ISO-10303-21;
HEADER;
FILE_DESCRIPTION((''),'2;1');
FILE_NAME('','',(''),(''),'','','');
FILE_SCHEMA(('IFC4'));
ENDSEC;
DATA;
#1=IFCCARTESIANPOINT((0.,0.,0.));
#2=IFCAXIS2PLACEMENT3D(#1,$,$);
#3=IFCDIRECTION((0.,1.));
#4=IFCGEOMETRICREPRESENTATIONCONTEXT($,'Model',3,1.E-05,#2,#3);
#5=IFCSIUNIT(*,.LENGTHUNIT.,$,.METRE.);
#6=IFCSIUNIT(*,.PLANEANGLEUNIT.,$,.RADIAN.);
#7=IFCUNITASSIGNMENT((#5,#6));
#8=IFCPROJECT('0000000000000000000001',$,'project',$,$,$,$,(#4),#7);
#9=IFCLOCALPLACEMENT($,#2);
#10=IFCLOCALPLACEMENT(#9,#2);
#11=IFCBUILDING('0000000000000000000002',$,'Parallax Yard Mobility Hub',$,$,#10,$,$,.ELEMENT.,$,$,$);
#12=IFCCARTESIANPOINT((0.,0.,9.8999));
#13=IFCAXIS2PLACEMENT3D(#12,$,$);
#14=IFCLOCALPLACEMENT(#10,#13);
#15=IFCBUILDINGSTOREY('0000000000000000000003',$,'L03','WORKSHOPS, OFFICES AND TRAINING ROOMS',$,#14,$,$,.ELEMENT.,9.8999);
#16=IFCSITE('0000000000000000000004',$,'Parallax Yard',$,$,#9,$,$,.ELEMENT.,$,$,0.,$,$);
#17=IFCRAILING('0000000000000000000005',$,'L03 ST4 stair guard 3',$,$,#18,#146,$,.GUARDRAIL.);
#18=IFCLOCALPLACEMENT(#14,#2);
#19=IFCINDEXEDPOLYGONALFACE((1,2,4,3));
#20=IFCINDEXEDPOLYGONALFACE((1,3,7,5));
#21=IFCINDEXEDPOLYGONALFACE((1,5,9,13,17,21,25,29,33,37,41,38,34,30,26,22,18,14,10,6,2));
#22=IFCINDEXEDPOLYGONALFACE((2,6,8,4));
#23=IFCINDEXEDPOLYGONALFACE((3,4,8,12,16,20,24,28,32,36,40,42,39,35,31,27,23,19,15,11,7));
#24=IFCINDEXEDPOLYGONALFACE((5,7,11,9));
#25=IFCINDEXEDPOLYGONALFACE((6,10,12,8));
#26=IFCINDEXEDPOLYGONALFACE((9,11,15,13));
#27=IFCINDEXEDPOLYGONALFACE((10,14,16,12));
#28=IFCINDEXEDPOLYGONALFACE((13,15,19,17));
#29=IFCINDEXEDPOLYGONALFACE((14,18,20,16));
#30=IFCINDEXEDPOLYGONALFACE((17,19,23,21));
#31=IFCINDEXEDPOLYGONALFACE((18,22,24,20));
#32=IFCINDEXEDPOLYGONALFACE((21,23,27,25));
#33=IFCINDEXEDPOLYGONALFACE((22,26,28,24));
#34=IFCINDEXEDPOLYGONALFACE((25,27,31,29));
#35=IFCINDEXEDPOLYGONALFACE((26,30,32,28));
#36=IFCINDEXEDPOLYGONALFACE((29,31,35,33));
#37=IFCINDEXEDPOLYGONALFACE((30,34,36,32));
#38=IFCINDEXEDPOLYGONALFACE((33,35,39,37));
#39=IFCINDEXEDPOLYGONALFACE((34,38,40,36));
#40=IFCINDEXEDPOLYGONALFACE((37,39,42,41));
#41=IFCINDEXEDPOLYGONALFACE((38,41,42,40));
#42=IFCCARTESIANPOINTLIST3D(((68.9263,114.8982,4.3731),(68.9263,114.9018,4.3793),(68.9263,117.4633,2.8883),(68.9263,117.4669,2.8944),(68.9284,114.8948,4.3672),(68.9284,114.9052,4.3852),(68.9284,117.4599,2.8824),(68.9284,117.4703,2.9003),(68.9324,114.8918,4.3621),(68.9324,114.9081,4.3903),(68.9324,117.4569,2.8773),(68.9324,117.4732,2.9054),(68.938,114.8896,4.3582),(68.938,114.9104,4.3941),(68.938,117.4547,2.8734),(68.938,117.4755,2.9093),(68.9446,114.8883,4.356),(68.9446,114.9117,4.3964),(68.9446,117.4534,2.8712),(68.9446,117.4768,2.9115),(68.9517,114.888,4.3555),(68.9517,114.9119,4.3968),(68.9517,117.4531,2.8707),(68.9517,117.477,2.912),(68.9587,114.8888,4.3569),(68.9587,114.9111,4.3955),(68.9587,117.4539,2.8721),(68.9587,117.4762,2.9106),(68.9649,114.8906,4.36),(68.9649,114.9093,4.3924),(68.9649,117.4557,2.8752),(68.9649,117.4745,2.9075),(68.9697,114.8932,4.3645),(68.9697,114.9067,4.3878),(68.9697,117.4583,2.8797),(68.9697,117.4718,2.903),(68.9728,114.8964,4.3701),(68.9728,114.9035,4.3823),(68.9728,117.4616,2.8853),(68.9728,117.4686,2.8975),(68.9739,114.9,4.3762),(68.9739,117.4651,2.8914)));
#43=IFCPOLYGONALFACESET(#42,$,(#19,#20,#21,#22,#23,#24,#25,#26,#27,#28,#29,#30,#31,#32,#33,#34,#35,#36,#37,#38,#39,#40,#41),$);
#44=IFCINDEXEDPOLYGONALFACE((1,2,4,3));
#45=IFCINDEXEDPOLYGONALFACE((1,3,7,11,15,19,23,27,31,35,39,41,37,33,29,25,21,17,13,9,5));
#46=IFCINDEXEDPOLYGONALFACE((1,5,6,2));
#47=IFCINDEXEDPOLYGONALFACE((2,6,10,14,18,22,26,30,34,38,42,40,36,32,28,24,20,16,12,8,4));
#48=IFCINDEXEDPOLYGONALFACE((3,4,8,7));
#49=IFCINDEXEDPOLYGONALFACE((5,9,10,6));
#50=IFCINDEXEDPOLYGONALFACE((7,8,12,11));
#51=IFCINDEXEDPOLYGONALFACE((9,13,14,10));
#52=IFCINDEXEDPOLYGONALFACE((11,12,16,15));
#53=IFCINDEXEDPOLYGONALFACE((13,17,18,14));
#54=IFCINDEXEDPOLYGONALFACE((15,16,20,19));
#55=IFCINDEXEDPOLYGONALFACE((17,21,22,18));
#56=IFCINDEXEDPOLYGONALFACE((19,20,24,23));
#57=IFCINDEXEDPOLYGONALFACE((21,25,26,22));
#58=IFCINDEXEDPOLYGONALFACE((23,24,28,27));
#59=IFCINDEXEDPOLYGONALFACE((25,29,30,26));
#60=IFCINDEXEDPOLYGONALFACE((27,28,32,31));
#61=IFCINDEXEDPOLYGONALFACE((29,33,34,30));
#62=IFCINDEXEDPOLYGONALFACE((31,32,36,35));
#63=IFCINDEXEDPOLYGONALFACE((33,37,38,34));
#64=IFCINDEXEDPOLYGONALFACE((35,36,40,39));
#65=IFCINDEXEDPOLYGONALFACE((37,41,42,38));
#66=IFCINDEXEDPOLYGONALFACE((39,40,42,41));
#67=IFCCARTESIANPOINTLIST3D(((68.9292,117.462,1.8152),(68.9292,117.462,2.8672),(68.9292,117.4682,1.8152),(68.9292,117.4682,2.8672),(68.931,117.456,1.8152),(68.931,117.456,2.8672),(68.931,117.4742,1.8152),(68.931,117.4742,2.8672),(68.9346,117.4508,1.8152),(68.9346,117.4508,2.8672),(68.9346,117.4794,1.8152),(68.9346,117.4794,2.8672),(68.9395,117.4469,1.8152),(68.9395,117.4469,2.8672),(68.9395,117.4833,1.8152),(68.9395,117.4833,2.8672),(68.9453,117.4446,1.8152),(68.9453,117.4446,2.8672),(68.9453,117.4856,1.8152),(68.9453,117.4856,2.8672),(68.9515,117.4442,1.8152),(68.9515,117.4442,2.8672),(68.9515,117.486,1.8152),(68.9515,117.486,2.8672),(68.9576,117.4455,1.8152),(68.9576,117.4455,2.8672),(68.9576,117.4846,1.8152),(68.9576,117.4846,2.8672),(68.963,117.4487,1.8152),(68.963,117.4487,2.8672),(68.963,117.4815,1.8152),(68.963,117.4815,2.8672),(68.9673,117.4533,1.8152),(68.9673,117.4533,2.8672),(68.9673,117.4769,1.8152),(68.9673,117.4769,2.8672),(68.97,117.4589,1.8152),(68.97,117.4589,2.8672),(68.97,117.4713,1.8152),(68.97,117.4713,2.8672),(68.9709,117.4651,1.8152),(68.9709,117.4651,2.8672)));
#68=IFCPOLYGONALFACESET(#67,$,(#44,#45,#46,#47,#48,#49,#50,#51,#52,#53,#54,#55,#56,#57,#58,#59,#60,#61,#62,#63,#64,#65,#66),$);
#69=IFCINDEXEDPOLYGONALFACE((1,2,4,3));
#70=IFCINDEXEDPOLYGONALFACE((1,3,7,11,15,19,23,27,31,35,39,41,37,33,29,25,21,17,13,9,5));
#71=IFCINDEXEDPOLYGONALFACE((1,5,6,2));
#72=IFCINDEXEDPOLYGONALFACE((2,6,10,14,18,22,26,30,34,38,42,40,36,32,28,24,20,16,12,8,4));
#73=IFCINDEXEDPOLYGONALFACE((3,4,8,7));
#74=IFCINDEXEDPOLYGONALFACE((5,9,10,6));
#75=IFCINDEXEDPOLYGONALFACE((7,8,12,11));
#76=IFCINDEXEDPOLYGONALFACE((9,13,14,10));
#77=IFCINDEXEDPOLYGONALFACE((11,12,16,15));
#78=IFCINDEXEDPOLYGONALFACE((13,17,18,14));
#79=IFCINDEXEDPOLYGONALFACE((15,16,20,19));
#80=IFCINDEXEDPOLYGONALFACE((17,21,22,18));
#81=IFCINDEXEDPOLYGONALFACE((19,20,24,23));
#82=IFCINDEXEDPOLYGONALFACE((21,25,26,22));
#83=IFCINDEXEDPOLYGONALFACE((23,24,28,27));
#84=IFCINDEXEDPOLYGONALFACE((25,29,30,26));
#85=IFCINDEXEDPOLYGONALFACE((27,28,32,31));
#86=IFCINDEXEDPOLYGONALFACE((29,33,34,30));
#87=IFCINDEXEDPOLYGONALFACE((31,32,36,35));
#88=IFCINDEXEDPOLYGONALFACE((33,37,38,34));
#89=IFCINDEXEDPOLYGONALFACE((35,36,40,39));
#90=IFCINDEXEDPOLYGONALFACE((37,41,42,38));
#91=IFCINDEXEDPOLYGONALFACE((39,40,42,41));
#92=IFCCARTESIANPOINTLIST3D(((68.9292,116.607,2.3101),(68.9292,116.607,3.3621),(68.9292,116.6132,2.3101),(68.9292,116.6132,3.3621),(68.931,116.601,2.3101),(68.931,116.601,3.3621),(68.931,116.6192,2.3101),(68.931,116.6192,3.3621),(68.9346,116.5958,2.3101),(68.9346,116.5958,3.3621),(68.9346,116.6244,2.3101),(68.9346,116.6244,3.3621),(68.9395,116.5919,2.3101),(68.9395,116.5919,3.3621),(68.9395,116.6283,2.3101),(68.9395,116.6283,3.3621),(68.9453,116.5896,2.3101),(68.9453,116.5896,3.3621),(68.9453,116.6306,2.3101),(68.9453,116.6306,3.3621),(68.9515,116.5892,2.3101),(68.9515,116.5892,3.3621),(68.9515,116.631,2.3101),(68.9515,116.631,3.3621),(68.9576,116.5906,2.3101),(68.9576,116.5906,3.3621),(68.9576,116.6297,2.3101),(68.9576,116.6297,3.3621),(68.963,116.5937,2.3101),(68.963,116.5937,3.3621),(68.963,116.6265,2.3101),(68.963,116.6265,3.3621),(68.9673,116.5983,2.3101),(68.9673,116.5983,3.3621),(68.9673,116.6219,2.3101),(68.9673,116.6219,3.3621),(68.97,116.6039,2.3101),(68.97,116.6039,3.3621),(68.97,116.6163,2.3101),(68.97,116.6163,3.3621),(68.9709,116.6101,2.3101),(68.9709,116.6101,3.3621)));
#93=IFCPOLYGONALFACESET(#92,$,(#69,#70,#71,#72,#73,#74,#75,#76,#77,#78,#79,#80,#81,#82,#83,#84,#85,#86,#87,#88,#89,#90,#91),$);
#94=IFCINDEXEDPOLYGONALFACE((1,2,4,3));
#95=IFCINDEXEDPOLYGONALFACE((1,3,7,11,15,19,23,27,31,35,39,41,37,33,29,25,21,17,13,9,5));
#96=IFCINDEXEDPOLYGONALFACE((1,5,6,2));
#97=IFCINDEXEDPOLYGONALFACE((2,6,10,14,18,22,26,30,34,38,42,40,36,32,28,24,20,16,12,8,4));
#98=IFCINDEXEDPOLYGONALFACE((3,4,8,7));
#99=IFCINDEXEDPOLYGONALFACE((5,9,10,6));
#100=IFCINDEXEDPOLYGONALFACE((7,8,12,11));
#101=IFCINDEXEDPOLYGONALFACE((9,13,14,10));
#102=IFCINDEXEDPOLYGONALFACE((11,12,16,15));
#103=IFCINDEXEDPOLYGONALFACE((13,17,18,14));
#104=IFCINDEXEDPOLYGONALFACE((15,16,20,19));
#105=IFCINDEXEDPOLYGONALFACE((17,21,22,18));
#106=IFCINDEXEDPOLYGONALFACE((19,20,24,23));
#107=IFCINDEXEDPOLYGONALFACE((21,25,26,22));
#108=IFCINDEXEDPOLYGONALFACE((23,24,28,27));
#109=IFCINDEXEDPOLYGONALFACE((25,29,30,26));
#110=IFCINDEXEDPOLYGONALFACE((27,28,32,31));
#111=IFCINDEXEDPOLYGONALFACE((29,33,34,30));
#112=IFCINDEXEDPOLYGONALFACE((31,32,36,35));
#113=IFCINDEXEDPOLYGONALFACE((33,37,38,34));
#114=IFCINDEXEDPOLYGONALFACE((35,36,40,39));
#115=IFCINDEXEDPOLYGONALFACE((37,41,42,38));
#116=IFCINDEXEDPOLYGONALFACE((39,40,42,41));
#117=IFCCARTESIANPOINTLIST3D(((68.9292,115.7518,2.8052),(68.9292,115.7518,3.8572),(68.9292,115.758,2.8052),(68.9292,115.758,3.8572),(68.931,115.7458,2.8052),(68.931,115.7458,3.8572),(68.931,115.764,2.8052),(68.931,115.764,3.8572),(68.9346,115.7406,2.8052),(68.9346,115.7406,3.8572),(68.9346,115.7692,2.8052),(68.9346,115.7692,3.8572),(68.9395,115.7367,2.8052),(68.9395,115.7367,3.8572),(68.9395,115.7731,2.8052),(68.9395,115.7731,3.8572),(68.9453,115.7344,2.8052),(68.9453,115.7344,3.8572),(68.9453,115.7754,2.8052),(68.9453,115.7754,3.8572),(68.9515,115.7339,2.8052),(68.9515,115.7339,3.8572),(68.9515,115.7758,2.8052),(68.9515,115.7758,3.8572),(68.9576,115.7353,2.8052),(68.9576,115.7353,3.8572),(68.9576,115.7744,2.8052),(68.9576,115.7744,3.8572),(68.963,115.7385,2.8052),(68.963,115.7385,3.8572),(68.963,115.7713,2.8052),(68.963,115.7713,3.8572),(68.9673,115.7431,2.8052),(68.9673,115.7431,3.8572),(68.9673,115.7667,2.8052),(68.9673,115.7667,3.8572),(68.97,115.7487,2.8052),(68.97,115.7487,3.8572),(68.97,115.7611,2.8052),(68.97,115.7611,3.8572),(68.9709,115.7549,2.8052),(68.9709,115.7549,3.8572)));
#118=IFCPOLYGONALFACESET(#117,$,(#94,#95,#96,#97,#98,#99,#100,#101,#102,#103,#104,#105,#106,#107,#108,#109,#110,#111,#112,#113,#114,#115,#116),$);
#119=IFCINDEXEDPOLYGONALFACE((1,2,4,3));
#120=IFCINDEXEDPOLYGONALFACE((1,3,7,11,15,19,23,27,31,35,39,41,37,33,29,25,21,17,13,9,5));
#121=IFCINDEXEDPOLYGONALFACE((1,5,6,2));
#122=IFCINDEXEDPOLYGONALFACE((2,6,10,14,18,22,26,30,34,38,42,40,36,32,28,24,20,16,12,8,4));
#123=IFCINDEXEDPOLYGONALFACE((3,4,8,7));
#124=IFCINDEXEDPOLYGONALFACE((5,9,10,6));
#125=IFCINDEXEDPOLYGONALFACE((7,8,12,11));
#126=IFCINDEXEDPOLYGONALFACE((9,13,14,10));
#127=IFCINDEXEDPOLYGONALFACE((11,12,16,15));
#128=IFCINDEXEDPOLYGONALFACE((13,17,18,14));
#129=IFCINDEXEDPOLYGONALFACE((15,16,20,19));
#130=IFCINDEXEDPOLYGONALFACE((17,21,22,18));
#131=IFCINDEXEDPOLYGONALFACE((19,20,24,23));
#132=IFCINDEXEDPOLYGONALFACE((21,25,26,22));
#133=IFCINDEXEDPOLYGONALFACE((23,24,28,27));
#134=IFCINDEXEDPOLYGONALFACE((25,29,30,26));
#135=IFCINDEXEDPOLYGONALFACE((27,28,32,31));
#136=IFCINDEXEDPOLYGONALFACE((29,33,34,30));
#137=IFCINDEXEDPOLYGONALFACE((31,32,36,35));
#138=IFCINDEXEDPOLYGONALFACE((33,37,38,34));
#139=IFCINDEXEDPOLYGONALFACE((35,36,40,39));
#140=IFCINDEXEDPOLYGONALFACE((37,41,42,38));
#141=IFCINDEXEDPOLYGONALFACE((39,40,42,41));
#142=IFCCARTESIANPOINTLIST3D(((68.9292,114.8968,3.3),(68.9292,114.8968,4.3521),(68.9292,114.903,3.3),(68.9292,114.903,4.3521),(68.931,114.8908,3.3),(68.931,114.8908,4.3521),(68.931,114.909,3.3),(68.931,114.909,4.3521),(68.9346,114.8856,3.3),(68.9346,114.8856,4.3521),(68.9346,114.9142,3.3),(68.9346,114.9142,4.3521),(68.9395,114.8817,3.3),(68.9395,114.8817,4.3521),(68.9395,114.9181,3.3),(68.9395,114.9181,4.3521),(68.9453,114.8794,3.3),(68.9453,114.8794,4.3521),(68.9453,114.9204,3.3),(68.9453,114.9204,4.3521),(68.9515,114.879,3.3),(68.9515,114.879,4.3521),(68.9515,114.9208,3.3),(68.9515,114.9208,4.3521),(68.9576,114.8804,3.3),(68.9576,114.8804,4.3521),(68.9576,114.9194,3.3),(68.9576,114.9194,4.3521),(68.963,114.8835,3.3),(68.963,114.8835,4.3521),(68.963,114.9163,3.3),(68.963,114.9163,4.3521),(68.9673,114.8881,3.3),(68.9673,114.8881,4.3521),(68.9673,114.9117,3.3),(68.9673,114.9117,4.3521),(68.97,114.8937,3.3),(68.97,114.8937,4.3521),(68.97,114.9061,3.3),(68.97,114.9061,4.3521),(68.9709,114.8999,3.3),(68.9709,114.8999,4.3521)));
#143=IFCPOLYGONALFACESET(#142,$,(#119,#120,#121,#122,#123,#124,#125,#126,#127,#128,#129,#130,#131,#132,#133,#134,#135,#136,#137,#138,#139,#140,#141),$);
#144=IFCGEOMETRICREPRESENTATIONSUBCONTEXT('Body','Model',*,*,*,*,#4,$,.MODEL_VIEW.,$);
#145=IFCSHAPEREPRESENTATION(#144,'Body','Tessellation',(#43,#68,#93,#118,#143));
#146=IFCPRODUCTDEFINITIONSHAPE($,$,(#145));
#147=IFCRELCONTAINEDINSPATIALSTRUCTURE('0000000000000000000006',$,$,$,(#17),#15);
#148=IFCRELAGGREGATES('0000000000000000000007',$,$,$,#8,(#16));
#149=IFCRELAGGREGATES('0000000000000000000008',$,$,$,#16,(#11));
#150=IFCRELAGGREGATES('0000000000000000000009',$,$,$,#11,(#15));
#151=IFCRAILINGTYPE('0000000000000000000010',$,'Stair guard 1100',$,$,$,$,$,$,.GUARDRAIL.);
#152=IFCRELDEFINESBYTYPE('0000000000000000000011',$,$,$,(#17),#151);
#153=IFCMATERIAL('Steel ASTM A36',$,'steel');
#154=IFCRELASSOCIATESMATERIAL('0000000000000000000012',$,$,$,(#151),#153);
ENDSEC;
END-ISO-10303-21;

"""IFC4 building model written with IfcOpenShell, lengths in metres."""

from ifc_helpers import new_model, si_unit, direction, frame, origin, origin_2d, place, context, subcontext, project, spatial, circle, extrude, material, type_object, element, save


model = new_model("IFC4")

# Units and contexts
model_context = context("Model", 3, precision=1e-05, world=origin(), true_north=direction((0.0, 1.0)))
body_context = subcontext(model_context, "Body", "Model", "MODEL_VIEW")
ifc_project = project(units=[si_unit("LENGTHUNIT", "METRE"), si_unit("PLANEANGLEUNIT", "RADIAN")], contexts=[model_context])

# Site, building, storey
site_placement = place(None, origin())
site = spatial("IfcSite", under=ifc_project, at=site_placement, Name="Parallax Yard", CompositionType="ELEMENT", RefElevation=0.0)
building_placement = place(site_placement, origin())
building = spatial("IfcBuilding", under=site, at=building_placement, Name="Parallax Yard Mobility Hub", CompositionType="ELEMENT")
storey_placement = place(building_placement, frame((0.0, 0.0, 9.8999)))
storey = spatial("IfcBuildingStorey", under=building, at=storey_placement, Name="L03", Description="WORKSHOPS, OFFICES AND TRAINING ROOMS", CompositionType="ELEMENT", Elevation=9.8999)

# Railing
ifc_material_1 = material(Name="Steel ASTM A36", Category="steel")
railing_type_1 = type_object("IfcRailingType", Name="Stair guard 1100", PredefinedType="GUARDRAIL", material=ifc_material_1)
railing_1_placement = place(storey_placement, frame((68.95, 117.4651, 1.8152)))
element("IfcRailing", 1, at=railing_1_placement, inside=storey, type_object=railing_type_1, Name="L03 ST4 stair guard 3", PredefinedType="GUARDRAIL", context=body_context, shape_type="SweptSolid", body=[
    extrude(circle(Radius=0.0239, at=origin_2d()), frame((0.0, 0.0, 1.0762), z_axis=(0.0, -0.865462, 0.500975), x_axis=(1.0, 0.0, 0.0)), (0.0, 0.0, 1.0), 2.9639),
    extrude(circle(Radius=0.021, at=origin_2d()), origin(), (0.0, 0.0, 1.0), 1.052),
    extrude(circle(Radius=0.021, at=origin_2d()), frame((0.0, -0.855, 0.4949)), (0.0, 0.0, 1.0), 1.052),
    extrude(circle(Radius=0.021, at=origin_2d()), frame((0.0, -1.7102, 0.99)), (0.0, 0.0, 1.0), 1.052),
    extrude(circle(Radius=0.021, at=origin_2d()), frame((0.0, -2.5652, 1.4849)), (0.0, 0.0, 1.0), 1.052),
])

save(model, "model.ifc")
